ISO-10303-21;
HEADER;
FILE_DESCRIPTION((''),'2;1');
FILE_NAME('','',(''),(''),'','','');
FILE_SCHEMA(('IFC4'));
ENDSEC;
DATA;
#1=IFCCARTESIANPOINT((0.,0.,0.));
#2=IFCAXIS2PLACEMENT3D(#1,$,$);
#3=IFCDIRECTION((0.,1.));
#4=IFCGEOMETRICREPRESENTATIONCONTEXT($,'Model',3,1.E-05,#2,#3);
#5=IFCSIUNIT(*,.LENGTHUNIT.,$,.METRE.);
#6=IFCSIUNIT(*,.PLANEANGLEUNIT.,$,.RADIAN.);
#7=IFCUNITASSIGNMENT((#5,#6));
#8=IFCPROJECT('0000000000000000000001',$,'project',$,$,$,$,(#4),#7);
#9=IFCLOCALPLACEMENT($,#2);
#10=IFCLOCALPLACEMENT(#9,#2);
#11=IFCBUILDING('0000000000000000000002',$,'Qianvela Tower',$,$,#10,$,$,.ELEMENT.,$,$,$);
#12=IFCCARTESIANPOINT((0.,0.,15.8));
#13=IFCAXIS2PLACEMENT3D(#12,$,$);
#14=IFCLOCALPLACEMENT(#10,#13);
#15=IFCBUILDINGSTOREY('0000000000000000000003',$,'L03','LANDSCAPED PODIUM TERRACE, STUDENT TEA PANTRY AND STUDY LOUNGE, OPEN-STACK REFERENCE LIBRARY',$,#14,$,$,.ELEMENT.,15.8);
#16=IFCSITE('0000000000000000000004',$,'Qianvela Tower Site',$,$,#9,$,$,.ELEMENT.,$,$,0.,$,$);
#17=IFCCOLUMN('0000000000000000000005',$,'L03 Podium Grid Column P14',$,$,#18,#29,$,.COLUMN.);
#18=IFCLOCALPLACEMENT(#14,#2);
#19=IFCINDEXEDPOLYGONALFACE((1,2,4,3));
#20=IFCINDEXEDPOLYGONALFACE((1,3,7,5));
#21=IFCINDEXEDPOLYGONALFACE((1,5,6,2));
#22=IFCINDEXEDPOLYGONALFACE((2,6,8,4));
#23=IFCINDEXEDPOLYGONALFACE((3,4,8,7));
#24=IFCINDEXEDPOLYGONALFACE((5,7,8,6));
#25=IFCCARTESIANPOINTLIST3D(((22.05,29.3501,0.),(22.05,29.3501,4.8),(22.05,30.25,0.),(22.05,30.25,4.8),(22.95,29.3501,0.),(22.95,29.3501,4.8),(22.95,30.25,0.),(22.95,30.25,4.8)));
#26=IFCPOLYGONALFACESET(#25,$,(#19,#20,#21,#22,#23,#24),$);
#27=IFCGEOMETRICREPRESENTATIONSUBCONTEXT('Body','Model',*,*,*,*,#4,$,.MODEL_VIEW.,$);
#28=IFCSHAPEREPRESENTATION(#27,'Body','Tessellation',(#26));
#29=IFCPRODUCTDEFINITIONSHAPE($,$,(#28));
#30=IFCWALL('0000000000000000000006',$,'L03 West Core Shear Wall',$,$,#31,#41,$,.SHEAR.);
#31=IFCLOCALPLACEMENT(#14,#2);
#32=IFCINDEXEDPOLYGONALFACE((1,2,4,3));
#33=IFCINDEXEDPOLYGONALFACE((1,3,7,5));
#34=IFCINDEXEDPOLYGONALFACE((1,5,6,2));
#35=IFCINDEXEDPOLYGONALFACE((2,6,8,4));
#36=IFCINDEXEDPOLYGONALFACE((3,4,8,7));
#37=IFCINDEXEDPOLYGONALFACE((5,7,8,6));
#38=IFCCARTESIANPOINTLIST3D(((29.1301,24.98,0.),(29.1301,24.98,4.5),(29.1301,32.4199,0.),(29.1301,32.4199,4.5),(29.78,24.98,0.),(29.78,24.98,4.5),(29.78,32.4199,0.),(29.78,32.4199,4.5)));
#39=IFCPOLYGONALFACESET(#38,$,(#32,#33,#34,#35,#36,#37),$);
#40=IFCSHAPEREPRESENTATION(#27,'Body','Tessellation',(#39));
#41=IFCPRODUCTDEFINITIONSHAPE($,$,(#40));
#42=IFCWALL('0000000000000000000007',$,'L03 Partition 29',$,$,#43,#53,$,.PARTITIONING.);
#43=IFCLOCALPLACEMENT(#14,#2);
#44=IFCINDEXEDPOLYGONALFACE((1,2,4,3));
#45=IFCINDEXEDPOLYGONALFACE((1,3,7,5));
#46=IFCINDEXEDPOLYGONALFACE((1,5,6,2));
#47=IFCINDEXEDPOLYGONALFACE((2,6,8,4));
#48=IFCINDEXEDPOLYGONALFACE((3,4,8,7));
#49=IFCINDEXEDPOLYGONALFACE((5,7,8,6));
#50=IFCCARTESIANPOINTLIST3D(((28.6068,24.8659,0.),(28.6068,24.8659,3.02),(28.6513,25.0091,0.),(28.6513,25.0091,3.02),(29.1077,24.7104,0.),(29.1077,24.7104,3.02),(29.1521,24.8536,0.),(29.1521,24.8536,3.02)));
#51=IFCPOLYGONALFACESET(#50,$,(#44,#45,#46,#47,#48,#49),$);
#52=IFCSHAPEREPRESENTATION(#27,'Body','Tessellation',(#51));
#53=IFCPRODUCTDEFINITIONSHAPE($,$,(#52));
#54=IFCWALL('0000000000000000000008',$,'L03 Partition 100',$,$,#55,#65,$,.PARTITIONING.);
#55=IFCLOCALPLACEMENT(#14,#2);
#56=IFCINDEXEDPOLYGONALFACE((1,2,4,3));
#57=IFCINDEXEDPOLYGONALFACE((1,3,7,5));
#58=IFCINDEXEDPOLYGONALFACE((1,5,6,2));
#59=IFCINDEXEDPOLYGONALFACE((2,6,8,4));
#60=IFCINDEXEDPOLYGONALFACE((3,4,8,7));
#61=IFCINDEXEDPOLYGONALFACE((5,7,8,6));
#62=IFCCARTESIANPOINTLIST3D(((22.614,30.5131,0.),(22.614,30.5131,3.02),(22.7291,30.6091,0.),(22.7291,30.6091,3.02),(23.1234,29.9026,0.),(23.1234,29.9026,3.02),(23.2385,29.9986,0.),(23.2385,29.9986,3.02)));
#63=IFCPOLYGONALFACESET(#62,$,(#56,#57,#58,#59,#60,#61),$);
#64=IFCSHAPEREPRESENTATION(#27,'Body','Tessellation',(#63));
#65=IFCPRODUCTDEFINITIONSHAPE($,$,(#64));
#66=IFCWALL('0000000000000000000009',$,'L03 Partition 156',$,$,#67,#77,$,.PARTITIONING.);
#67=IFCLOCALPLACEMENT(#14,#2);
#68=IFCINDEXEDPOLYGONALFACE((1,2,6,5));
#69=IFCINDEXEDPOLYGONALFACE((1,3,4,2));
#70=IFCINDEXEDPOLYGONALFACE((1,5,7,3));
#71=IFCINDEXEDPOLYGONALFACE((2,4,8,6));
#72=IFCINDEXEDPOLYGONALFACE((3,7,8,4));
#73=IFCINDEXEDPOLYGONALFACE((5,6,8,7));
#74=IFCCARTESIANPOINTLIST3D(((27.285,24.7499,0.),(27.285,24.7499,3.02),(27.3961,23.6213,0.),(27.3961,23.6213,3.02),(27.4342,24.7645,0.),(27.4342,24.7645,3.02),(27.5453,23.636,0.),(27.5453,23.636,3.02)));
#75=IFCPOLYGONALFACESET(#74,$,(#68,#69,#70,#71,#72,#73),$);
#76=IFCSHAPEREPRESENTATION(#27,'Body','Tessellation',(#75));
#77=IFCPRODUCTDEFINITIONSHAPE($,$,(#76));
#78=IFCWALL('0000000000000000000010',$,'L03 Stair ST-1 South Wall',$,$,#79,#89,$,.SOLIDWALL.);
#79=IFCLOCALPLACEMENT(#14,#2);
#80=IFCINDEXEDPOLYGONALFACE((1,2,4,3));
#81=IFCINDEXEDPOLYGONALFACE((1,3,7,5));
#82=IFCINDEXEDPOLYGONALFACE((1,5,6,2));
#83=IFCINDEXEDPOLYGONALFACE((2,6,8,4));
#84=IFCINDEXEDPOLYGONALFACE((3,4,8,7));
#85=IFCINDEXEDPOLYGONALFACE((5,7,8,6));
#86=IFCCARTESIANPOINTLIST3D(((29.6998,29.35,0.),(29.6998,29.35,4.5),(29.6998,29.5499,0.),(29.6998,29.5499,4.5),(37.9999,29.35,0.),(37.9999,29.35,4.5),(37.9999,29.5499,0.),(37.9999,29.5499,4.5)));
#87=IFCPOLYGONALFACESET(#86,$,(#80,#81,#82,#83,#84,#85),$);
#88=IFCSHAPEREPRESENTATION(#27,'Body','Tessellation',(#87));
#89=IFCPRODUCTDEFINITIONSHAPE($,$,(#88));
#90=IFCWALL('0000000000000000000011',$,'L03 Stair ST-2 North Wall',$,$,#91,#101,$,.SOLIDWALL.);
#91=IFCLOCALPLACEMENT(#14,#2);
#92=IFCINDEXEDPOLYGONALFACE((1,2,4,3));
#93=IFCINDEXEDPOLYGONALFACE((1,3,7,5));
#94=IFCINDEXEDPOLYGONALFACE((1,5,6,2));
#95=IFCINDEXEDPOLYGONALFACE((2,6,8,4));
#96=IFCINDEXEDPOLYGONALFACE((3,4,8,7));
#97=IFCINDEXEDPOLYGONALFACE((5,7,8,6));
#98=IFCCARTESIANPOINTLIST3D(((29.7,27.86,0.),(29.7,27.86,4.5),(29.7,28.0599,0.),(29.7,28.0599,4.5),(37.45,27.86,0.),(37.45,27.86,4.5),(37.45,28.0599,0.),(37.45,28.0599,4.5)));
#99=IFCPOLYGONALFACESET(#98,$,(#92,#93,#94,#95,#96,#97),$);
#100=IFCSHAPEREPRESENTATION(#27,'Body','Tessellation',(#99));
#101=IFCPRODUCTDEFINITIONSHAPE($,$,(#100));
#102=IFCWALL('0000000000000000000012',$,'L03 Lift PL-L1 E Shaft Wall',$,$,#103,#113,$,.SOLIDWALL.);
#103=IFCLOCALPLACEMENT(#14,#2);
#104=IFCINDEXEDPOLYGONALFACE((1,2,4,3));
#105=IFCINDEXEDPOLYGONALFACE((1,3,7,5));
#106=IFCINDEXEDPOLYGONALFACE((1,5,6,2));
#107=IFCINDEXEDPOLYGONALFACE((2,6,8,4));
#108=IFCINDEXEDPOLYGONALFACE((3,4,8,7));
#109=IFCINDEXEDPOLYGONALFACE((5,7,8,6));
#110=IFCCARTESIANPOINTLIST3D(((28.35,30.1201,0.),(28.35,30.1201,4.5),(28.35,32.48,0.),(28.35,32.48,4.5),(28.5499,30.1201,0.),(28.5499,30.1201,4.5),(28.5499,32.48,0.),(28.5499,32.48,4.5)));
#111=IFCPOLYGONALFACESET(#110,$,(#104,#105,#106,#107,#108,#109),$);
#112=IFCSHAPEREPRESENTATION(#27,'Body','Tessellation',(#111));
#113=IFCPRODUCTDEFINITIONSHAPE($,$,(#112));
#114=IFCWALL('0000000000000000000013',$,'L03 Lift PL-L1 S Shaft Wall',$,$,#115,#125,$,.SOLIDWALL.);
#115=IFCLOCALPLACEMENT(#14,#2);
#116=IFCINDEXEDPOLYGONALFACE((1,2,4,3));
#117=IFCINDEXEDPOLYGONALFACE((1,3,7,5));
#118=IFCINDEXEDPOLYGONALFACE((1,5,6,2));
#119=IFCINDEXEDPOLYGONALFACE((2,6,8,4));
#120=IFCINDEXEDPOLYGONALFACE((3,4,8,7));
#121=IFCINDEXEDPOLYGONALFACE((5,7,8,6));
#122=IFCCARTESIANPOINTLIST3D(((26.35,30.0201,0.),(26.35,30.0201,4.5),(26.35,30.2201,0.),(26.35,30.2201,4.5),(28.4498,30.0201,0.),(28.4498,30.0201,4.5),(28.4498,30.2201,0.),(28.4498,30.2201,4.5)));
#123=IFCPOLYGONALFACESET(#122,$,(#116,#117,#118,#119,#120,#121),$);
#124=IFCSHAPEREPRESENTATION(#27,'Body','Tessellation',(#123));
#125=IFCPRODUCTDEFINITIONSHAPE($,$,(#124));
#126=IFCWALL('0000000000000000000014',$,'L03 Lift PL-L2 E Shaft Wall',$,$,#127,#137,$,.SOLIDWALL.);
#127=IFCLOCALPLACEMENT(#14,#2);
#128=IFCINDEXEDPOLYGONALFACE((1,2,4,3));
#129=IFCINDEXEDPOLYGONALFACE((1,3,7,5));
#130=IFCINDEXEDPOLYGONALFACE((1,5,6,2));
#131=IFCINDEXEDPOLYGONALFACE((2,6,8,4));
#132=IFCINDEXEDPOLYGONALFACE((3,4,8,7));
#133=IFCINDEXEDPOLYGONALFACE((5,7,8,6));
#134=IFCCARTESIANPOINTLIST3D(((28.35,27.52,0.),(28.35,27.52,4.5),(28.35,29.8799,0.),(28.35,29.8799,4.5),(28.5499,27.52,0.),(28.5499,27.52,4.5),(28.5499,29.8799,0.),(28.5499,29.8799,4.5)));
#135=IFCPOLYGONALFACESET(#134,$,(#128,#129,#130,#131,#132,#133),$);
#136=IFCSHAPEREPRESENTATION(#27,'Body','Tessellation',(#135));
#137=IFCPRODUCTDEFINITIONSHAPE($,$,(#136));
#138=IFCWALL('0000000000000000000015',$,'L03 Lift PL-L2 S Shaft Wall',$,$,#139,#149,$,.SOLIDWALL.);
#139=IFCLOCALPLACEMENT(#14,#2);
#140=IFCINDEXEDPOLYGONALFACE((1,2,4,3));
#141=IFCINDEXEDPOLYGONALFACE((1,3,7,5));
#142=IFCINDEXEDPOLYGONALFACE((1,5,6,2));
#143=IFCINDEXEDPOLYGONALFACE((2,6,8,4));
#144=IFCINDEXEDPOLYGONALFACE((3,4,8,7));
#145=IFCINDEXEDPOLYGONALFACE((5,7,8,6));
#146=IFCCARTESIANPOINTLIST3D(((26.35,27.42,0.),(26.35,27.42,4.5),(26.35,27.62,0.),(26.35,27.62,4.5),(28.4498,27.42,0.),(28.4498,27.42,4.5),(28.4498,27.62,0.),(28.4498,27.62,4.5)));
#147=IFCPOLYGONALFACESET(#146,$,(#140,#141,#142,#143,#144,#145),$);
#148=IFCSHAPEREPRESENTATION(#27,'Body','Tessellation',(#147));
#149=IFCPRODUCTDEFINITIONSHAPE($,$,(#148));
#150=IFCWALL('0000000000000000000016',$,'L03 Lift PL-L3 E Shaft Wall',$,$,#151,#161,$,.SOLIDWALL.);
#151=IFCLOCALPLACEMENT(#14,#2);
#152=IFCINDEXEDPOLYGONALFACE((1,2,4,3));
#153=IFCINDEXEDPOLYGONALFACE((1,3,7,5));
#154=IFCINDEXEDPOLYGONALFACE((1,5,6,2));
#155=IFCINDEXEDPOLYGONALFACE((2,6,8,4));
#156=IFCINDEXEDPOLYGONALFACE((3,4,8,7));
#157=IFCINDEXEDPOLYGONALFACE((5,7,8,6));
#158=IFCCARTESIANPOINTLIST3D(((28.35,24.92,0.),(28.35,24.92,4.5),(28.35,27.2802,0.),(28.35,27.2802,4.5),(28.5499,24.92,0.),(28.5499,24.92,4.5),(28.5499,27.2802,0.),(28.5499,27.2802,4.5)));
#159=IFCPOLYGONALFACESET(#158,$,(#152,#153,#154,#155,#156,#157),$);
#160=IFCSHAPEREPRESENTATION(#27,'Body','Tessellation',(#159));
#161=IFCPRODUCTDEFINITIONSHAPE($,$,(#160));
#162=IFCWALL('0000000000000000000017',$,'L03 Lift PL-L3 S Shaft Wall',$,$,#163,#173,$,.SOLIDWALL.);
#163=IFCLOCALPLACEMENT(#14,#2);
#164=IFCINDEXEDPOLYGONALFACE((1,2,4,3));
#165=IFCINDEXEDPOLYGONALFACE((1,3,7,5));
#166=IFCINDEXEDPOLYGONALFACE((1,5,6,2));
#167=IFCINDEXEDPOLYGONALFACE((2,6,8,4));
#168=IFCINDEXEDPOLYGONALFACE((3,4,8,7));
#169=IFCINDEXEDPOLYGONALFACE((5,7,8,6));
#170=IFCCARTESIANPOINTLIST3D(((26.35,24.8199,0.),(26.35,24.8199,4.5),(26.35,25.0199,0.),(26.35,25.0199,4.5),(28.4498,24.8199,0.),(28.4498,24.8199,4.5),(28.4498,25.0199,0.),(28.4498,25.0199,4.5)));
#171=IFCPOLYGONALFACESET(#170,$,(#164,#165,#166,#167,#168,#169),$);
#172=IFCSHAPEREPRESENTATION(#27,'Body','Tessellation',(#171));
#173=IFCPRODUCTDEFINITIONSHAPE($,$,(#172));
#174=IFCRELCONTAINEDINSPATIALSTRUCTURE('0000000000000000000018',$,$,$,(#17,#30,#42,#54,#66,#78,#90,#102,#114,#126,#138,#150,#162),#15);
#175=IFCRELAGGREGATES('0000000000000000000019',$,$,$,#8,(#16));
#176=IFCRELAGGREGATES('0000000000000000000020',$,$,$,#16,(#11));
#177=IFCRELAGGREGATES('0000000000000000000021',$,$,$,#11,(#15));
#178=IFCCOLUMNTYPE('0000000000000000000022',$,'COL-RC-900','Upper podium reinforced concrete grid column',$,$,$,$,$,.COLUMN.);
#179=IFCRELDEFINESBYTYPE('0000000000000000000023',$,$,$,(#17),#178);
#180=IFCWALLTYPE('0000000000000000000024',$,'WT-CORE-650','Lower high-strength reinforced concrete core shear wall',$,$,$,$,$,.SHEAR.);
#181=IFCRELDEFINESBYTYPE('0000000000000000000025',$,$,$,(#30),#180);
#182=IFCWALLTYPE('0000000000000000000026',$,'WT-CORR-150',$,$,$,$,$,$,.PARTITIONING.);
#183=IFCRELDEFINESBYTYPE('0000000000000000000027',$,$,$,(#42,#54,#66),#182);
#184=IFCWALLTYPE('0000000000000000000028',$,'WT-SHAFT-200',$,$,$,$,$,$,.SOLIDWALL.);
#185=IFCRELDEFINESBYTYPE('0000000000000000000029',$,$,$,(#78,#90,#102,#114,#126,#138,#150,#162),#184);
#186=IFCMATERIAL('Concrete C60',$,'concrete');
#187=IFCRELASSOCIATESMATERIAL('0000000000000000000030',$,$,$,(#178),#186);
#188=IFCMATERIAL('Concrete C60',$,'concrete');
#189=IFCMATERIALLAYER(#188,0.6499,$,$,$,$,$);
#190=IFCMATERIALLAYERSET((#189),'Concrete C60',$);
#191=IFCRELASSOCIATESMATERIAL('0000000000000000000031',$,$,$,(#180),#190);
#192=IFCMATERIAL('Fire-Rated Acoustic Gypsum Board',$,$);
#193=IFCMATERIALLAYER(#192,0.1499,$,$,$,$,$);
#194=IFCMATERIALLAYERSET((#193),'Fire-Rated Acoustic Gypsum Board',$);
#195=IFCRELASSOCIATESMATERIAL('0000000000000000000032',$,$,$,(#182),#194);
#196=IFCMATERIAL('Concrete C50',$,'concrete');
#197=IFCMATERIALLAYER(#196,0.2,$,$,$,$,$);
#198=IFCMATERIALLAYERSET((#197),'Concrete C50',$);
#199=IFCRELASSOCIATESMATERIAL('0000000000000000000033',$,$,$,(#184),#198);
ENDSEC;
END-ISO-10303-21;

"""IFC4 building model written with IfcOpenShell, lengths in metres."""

from ifc_helpers import new_model, si_unit, direction, frame, frame_2d, origin, origin_2d, place, context, subcontext, project, spatial, rectangle, extrude, material, layer, layer_set, material_profile, profile_set, type_object, element, save


model = new_model("IFC4")

# Units and contexts
model_context = context("Model", 3, precision=1e-05, world=origin(), true_north=direction((0.0, 1.0)))
body_context = subcontext(model_context, "Body", "Model", "MODEL_VIEW")
ifc_project = project(units=[si_unit("LENGTHUNIT", "METRE"), si_unit("PLANEANGLEUNIT", "RADIAN")], contexts=[model_context])

# Site, building, storey
site_placement = place(None, origin())
site = spatial("IfcSite", under=ifc_project, at=site_placement, Name="Qianvela Tower Site", CompositionType="ELEMENT", RefElevation=0.0)
building_placement = place(site_placement, origin())
building = spatial("IfcBuilding", under=site, at=building_placement, Name="Qianvela Tower", CompositionType="ELEMENT")
storey_placement = place(building_placement, frame((0.0, 0.0, 15.8)))
storey = spatial("IfcBuildingStorey", under=building, at=storey_placement, Name="L03", Description="LANDSCAPED PODIUM TERRACE, STUDENT TEA PANTRY AND STUDY LOUNGE, OPEN-STACK REFERENCE LIBRARY", CompositionType="ELEMENT", Elevation=15.8)

# Column
ifc_material_1 = material(Name="Concrete C60", Category="concrete")
ifc_material_profile = material_profile(ifc_material_1, rectangle(XDim=0.8999, YDim=0.8999, at=origin_2d()), Name="RC-COL-900x900")
ifc_profile_set = profile_set([ifc_material_profile], Name="Concrete C60")
column_type = type_object("IfcColumnType", Name="COL-RC-900", Description="Upper podium reinforced concrete grid column", PredefinedType="COLUMN", material=ifc_profile_set)
column_placement = place(storey_placement, frame((22.5, 29.8, 0.0), z_axis=(0.0, 0.0, 1.0), x_axis=(1.0, 0.0, 0.0)))
element("IfcColumn", 1, at=column_placement, inside=storey, type_object=column_type, Name="L03 Podium Grid Column P14", PredefinedType="COLUMN", context=body_context, shape_type="SweptSolid", body=[
    extrude(rectangle(XDim=0.8999, YDim=0.8999, at=origin_2d()), origin(), (0.0, 0.0, 1.0), 4.8),
])

# Walls
ifc_material_2 = material(Name="Concrete C60", Category="concrete")
ifc_layer_1 = layer(ifc_material_2, 0.6499)
ifc_layer_set_1 = layer_set([ifc_layer_1], Name="Concrete C60")
wall_type_1 = type_object("IfcWallType", Name="WT-CORE-650", Description="Lower high-strength reinforced concrete core shear wall", PredefinedType="SHEAR", material=ifc_layer_set_1)
wall_1_placement = place(storey_placement, frame((29.4551, 24.98, 0.0), z_axis=(0.0, 0.0, 1.0), x_axis=(0.0, 1.0, 0.0)))
element("IfcWall", 2, at=wall_1_placement, inside=storey, type_object=wall_type_1, Name="L03 West Core Shear Wall", PredefinedType="SHEAR", context=body_context, shape_type="SweptSolid", body=[
    extrude(rectangle(XDim=7.4399, YDim=0.6499, at=frame_2d((3.72, 0.0))), origin(), (0.0, 0.0, 1.0), 4.5),
])
ifc_material_3 = material(Name="Fire-Rated Acoustic Gypsum Board")
ifc_layer_2 = layer(ifc_material_3, 0.1499)
ifc_layer_set_2 = layer_set([ifc_layer_2], Name="Fire-Rated Acoustic Gypsum Board")
wall_type_2 = type_object("IfcWallType", Name="WT-CORR-150", PredefinedType="PARTITIONING", material=ifc_layer_set_2)
wall_2_placement = place(storey_placement, frame((29.1299, 24.782, 0.0), z_axis=(0.0, 0.0, 1.0), x_axis=(-0.955, 0.296604, 0.0)))
element("IfcWall", 3, at=wall_2_placement, inside=storey, type_object=wall_type_2, Name="L03 Partition 29", PredefinedType="PARTITIONING", context=body_context, shape_type="SweptSolid", body=[
    extrude(rectangle(XDim=0.5244, YDim=0.1499, at=frame_2d((0.2622, 0.0))), origin(), (0.0, 0.0, 1.0), 3.02),
])
wall_3_placement = place(storey_placement, frame((23.1809, 29.9507, 0.0), z_axis=(0.0, 0.0, 1.0), x_axis=(-0.640698, 0.767793, 0.0)))
element("IfcWall", 4, at=wall_3_placement, inside=storey, type_object=wall_type_2, Name="L03 Partition 100", PredefinedType="PARTITIONING", context=body_context, shape_type="SweptSolid", body=[
    extrude(rectangle(XDim=0.7952, YDim=0.1499, at=frame_2d((0.3975, 0.0))), origin(), (0.0, 0.0, 1.0), 3.02),
])
wall_4_placement = place(storey_placement, frame((27.3596, 24.7571, 0.0), z_axis=(0.0, 0.0, 1.0), x_axis=(0.097948, -0.995192, 0.0)))
element("IfcWall", 5, at=wall_4_placement, inside=storey, type_object=wall_type_2, Name="L03 Partition 156", PredefinedType="PARTITIONING", context=body_context, shape_type="SweptSolid", body=[
    extrude(rectangle(XDim=1.134, YDim=0.1499, at=frame_2d((0.5669, 0.0))), origin(), (0.0, 0.0, 1.0), 3.02),
])
ifc_material_4 = material(Name="Concrete C50", Category="concrete")
ifc_layer_3 = layer(ifc_material_4, 0.2)
ifc_layer_set_3 = layer_set([ifc_layer_3], Name="Concrete C50")
wall_type_3 = type_object("IfcWallType", Name="WT-SHAFT-200", PredefinedType="SOLIDWALL", material=ifc_layer_set_3)
wall_5_placement = place(storey_placement, frame((29.7, 29.45, 0.0), z_axis=(0.0, 0.0, 1.0), x_axis=(1.0, 0.0, 0.0)))
element("IfcWall", 6, at=wall_5_placement, inside=storey, type_object=wall_type_3, Name="L03 Stair ST-1 South Wall", PredefinedType="SOLIDWALL", context=body_context, shape_type="SweptSolid", body=[
    extrude(rectangle(XDim=8.3, YDim=0.2, at=frame_2d((4.1499, 0.0))), origin(), (0.0, 0.0, 1.0), 4.5),
])
wall_6_placement = place(storey_placement, frame((29.7, 27.96, 0.0), z_axis=(0.0, 0.0, 1.0), x_axis=(1.0, 0.0, 0.0)))
element("IfcWall", 7, at=wall_6_placement, inside=storey, type_object=wall_type_3, Name="L03 Stair ST-2 North Wall", PredefinedType="SOLIDWALL", context=body_context, shape_type="SweptSolid", body=[
    extrude(rectangle(XDim=7.75, YDim=0.2, at=frame_2d((3.875, 0.0))), origin(), (0.0, 0.0, 1.0), 4.5),
])
wall_7_placement = place(storey_placement, frame((28.45, 30.1201, 0.0), z_axis=(0.0, 0.0, 1.0), x_axis=(0.0, 1.0, 0.0)))
element("IfcWall", 8, at=wall_7_placement, inside=storey, type_object=wall_type_3, Name="L03 Lift PL-L1 E Shaft Wall", PredefinedType="SOLIDWALL", context=body_context, shape_type="SweptSolid", body=[
    extrude(rectangle(XDim=2.3599, YDim=0.2, at=frame_2d((1.1799, 0.0))), origin(), (0.0, 0.0, 1.0), 4.5),
])

# Walls
wall_8_placement = place(storey_placement, frame((26.3501, 30.1201, 0.0), z_axis=(0.0, 0.0, 1.0), x_axis=(1.0, 0.0, 0.0)))
element("IfcWall", 9, at=wall_8_placement, inside=storey, type_object=wall_type_3, Name="L03 Lift PL-L1 S Shaft Wall", PredefinedType="SOLIDWALL", context=body_context, shape_type="SweptSolid", body=[
    extrude(rectangle(XDim=2.0999, YDim=0.2, at=frame_2d((1.0498, 0.0))), origin(), (0.0, 0.0, 1.0), 4.5),
])
wall_9_placement = place(storey_placement, frame((28.45, 27.52, 0.0), z_axis=(0.0, 0.0, 1.0), x_axis=(0.0, 1.0, 0.0)))
element("IfcWall", 10, at=wall_9_placement, inside=storey, type_object=wall_type_3, Name="L03 Lift PL-L2 E Shaft Wall", PredefinedType="SOLIDWALL", context=body_context, shape_type="SweptSolid", body=[
    extrude(rectangle(XDim=2.3599, YDim=0.2, at=frame_2d((1.1799, 0.0))), origin(), (0.0, 0.0, 1.0), 4.5),
])

# Walls
wall_10_placement = place(storey_placement, frame((26.3501, 27.52, 0.0), z_axis=(0.0, 0.0, 1.0), x_axis=(1.0, 0.0, 0.0)))
element("IfcWall", 11, at=wall_10_placement, inside=storey, type_object=wall_type_3, Name="L03 Lift PL-L2 S Shaft Wall", PredefinedType="SOLIDWALL", context=body_context, shape_type="SweptSolid", body=[
    extrude(rectangle(XDim=2.0999, YDim=0.2, at=frame_2d((1.0498, 0.0))), origin(), (0.0, 0.0, 1.0), 4.5),
])
wall_11_placement = place(storey_placement, frame((28.45, 24.9199, 0.0), z_axis=(0.0, 0.0, 1.0), x_axis=(0.0, 1.0, 0.0)))
element("IfcWall", 12, at=wall_11_placement, inside=storey, type_object=wall_type_3, Name="L03 Lift PL-L3 E Shaft Wall", PredefinedType="SOLIDWALL", context=body_context, shape_type="SweptSolid", body=[
    extrude(rectangle(XDim=2.3601, YDim=0.2, at=frame_2d((1.1802, 0.0))), origin(), (0.0, 0.0, 1.0), 4.5),
])

# Wall
wall_12_placement = place(storey_placement, frame((26.3501, 24.9199, 0.0), z_axis=(0.0, 0.0, 1.0), x_axis=(1.0, 0.0, 0.0)))
element("IfcWall", 13, at=wall_12_placement, inside=storey, type_object=wall_type_3, Name="L03 Lift PL-L3 S Shaft Wall", PredefinedType="SOLIDWALL", context=body_context, shape_type="SweptSolid", body=[
    extrude(rectangle(XDim=2.0999, YDim=0.2, at=frame_2d((1.0498, 0.0))), origin(), (0.0, 0.0, 1.0), 4.5),
])

save(model, "model.ifc")
